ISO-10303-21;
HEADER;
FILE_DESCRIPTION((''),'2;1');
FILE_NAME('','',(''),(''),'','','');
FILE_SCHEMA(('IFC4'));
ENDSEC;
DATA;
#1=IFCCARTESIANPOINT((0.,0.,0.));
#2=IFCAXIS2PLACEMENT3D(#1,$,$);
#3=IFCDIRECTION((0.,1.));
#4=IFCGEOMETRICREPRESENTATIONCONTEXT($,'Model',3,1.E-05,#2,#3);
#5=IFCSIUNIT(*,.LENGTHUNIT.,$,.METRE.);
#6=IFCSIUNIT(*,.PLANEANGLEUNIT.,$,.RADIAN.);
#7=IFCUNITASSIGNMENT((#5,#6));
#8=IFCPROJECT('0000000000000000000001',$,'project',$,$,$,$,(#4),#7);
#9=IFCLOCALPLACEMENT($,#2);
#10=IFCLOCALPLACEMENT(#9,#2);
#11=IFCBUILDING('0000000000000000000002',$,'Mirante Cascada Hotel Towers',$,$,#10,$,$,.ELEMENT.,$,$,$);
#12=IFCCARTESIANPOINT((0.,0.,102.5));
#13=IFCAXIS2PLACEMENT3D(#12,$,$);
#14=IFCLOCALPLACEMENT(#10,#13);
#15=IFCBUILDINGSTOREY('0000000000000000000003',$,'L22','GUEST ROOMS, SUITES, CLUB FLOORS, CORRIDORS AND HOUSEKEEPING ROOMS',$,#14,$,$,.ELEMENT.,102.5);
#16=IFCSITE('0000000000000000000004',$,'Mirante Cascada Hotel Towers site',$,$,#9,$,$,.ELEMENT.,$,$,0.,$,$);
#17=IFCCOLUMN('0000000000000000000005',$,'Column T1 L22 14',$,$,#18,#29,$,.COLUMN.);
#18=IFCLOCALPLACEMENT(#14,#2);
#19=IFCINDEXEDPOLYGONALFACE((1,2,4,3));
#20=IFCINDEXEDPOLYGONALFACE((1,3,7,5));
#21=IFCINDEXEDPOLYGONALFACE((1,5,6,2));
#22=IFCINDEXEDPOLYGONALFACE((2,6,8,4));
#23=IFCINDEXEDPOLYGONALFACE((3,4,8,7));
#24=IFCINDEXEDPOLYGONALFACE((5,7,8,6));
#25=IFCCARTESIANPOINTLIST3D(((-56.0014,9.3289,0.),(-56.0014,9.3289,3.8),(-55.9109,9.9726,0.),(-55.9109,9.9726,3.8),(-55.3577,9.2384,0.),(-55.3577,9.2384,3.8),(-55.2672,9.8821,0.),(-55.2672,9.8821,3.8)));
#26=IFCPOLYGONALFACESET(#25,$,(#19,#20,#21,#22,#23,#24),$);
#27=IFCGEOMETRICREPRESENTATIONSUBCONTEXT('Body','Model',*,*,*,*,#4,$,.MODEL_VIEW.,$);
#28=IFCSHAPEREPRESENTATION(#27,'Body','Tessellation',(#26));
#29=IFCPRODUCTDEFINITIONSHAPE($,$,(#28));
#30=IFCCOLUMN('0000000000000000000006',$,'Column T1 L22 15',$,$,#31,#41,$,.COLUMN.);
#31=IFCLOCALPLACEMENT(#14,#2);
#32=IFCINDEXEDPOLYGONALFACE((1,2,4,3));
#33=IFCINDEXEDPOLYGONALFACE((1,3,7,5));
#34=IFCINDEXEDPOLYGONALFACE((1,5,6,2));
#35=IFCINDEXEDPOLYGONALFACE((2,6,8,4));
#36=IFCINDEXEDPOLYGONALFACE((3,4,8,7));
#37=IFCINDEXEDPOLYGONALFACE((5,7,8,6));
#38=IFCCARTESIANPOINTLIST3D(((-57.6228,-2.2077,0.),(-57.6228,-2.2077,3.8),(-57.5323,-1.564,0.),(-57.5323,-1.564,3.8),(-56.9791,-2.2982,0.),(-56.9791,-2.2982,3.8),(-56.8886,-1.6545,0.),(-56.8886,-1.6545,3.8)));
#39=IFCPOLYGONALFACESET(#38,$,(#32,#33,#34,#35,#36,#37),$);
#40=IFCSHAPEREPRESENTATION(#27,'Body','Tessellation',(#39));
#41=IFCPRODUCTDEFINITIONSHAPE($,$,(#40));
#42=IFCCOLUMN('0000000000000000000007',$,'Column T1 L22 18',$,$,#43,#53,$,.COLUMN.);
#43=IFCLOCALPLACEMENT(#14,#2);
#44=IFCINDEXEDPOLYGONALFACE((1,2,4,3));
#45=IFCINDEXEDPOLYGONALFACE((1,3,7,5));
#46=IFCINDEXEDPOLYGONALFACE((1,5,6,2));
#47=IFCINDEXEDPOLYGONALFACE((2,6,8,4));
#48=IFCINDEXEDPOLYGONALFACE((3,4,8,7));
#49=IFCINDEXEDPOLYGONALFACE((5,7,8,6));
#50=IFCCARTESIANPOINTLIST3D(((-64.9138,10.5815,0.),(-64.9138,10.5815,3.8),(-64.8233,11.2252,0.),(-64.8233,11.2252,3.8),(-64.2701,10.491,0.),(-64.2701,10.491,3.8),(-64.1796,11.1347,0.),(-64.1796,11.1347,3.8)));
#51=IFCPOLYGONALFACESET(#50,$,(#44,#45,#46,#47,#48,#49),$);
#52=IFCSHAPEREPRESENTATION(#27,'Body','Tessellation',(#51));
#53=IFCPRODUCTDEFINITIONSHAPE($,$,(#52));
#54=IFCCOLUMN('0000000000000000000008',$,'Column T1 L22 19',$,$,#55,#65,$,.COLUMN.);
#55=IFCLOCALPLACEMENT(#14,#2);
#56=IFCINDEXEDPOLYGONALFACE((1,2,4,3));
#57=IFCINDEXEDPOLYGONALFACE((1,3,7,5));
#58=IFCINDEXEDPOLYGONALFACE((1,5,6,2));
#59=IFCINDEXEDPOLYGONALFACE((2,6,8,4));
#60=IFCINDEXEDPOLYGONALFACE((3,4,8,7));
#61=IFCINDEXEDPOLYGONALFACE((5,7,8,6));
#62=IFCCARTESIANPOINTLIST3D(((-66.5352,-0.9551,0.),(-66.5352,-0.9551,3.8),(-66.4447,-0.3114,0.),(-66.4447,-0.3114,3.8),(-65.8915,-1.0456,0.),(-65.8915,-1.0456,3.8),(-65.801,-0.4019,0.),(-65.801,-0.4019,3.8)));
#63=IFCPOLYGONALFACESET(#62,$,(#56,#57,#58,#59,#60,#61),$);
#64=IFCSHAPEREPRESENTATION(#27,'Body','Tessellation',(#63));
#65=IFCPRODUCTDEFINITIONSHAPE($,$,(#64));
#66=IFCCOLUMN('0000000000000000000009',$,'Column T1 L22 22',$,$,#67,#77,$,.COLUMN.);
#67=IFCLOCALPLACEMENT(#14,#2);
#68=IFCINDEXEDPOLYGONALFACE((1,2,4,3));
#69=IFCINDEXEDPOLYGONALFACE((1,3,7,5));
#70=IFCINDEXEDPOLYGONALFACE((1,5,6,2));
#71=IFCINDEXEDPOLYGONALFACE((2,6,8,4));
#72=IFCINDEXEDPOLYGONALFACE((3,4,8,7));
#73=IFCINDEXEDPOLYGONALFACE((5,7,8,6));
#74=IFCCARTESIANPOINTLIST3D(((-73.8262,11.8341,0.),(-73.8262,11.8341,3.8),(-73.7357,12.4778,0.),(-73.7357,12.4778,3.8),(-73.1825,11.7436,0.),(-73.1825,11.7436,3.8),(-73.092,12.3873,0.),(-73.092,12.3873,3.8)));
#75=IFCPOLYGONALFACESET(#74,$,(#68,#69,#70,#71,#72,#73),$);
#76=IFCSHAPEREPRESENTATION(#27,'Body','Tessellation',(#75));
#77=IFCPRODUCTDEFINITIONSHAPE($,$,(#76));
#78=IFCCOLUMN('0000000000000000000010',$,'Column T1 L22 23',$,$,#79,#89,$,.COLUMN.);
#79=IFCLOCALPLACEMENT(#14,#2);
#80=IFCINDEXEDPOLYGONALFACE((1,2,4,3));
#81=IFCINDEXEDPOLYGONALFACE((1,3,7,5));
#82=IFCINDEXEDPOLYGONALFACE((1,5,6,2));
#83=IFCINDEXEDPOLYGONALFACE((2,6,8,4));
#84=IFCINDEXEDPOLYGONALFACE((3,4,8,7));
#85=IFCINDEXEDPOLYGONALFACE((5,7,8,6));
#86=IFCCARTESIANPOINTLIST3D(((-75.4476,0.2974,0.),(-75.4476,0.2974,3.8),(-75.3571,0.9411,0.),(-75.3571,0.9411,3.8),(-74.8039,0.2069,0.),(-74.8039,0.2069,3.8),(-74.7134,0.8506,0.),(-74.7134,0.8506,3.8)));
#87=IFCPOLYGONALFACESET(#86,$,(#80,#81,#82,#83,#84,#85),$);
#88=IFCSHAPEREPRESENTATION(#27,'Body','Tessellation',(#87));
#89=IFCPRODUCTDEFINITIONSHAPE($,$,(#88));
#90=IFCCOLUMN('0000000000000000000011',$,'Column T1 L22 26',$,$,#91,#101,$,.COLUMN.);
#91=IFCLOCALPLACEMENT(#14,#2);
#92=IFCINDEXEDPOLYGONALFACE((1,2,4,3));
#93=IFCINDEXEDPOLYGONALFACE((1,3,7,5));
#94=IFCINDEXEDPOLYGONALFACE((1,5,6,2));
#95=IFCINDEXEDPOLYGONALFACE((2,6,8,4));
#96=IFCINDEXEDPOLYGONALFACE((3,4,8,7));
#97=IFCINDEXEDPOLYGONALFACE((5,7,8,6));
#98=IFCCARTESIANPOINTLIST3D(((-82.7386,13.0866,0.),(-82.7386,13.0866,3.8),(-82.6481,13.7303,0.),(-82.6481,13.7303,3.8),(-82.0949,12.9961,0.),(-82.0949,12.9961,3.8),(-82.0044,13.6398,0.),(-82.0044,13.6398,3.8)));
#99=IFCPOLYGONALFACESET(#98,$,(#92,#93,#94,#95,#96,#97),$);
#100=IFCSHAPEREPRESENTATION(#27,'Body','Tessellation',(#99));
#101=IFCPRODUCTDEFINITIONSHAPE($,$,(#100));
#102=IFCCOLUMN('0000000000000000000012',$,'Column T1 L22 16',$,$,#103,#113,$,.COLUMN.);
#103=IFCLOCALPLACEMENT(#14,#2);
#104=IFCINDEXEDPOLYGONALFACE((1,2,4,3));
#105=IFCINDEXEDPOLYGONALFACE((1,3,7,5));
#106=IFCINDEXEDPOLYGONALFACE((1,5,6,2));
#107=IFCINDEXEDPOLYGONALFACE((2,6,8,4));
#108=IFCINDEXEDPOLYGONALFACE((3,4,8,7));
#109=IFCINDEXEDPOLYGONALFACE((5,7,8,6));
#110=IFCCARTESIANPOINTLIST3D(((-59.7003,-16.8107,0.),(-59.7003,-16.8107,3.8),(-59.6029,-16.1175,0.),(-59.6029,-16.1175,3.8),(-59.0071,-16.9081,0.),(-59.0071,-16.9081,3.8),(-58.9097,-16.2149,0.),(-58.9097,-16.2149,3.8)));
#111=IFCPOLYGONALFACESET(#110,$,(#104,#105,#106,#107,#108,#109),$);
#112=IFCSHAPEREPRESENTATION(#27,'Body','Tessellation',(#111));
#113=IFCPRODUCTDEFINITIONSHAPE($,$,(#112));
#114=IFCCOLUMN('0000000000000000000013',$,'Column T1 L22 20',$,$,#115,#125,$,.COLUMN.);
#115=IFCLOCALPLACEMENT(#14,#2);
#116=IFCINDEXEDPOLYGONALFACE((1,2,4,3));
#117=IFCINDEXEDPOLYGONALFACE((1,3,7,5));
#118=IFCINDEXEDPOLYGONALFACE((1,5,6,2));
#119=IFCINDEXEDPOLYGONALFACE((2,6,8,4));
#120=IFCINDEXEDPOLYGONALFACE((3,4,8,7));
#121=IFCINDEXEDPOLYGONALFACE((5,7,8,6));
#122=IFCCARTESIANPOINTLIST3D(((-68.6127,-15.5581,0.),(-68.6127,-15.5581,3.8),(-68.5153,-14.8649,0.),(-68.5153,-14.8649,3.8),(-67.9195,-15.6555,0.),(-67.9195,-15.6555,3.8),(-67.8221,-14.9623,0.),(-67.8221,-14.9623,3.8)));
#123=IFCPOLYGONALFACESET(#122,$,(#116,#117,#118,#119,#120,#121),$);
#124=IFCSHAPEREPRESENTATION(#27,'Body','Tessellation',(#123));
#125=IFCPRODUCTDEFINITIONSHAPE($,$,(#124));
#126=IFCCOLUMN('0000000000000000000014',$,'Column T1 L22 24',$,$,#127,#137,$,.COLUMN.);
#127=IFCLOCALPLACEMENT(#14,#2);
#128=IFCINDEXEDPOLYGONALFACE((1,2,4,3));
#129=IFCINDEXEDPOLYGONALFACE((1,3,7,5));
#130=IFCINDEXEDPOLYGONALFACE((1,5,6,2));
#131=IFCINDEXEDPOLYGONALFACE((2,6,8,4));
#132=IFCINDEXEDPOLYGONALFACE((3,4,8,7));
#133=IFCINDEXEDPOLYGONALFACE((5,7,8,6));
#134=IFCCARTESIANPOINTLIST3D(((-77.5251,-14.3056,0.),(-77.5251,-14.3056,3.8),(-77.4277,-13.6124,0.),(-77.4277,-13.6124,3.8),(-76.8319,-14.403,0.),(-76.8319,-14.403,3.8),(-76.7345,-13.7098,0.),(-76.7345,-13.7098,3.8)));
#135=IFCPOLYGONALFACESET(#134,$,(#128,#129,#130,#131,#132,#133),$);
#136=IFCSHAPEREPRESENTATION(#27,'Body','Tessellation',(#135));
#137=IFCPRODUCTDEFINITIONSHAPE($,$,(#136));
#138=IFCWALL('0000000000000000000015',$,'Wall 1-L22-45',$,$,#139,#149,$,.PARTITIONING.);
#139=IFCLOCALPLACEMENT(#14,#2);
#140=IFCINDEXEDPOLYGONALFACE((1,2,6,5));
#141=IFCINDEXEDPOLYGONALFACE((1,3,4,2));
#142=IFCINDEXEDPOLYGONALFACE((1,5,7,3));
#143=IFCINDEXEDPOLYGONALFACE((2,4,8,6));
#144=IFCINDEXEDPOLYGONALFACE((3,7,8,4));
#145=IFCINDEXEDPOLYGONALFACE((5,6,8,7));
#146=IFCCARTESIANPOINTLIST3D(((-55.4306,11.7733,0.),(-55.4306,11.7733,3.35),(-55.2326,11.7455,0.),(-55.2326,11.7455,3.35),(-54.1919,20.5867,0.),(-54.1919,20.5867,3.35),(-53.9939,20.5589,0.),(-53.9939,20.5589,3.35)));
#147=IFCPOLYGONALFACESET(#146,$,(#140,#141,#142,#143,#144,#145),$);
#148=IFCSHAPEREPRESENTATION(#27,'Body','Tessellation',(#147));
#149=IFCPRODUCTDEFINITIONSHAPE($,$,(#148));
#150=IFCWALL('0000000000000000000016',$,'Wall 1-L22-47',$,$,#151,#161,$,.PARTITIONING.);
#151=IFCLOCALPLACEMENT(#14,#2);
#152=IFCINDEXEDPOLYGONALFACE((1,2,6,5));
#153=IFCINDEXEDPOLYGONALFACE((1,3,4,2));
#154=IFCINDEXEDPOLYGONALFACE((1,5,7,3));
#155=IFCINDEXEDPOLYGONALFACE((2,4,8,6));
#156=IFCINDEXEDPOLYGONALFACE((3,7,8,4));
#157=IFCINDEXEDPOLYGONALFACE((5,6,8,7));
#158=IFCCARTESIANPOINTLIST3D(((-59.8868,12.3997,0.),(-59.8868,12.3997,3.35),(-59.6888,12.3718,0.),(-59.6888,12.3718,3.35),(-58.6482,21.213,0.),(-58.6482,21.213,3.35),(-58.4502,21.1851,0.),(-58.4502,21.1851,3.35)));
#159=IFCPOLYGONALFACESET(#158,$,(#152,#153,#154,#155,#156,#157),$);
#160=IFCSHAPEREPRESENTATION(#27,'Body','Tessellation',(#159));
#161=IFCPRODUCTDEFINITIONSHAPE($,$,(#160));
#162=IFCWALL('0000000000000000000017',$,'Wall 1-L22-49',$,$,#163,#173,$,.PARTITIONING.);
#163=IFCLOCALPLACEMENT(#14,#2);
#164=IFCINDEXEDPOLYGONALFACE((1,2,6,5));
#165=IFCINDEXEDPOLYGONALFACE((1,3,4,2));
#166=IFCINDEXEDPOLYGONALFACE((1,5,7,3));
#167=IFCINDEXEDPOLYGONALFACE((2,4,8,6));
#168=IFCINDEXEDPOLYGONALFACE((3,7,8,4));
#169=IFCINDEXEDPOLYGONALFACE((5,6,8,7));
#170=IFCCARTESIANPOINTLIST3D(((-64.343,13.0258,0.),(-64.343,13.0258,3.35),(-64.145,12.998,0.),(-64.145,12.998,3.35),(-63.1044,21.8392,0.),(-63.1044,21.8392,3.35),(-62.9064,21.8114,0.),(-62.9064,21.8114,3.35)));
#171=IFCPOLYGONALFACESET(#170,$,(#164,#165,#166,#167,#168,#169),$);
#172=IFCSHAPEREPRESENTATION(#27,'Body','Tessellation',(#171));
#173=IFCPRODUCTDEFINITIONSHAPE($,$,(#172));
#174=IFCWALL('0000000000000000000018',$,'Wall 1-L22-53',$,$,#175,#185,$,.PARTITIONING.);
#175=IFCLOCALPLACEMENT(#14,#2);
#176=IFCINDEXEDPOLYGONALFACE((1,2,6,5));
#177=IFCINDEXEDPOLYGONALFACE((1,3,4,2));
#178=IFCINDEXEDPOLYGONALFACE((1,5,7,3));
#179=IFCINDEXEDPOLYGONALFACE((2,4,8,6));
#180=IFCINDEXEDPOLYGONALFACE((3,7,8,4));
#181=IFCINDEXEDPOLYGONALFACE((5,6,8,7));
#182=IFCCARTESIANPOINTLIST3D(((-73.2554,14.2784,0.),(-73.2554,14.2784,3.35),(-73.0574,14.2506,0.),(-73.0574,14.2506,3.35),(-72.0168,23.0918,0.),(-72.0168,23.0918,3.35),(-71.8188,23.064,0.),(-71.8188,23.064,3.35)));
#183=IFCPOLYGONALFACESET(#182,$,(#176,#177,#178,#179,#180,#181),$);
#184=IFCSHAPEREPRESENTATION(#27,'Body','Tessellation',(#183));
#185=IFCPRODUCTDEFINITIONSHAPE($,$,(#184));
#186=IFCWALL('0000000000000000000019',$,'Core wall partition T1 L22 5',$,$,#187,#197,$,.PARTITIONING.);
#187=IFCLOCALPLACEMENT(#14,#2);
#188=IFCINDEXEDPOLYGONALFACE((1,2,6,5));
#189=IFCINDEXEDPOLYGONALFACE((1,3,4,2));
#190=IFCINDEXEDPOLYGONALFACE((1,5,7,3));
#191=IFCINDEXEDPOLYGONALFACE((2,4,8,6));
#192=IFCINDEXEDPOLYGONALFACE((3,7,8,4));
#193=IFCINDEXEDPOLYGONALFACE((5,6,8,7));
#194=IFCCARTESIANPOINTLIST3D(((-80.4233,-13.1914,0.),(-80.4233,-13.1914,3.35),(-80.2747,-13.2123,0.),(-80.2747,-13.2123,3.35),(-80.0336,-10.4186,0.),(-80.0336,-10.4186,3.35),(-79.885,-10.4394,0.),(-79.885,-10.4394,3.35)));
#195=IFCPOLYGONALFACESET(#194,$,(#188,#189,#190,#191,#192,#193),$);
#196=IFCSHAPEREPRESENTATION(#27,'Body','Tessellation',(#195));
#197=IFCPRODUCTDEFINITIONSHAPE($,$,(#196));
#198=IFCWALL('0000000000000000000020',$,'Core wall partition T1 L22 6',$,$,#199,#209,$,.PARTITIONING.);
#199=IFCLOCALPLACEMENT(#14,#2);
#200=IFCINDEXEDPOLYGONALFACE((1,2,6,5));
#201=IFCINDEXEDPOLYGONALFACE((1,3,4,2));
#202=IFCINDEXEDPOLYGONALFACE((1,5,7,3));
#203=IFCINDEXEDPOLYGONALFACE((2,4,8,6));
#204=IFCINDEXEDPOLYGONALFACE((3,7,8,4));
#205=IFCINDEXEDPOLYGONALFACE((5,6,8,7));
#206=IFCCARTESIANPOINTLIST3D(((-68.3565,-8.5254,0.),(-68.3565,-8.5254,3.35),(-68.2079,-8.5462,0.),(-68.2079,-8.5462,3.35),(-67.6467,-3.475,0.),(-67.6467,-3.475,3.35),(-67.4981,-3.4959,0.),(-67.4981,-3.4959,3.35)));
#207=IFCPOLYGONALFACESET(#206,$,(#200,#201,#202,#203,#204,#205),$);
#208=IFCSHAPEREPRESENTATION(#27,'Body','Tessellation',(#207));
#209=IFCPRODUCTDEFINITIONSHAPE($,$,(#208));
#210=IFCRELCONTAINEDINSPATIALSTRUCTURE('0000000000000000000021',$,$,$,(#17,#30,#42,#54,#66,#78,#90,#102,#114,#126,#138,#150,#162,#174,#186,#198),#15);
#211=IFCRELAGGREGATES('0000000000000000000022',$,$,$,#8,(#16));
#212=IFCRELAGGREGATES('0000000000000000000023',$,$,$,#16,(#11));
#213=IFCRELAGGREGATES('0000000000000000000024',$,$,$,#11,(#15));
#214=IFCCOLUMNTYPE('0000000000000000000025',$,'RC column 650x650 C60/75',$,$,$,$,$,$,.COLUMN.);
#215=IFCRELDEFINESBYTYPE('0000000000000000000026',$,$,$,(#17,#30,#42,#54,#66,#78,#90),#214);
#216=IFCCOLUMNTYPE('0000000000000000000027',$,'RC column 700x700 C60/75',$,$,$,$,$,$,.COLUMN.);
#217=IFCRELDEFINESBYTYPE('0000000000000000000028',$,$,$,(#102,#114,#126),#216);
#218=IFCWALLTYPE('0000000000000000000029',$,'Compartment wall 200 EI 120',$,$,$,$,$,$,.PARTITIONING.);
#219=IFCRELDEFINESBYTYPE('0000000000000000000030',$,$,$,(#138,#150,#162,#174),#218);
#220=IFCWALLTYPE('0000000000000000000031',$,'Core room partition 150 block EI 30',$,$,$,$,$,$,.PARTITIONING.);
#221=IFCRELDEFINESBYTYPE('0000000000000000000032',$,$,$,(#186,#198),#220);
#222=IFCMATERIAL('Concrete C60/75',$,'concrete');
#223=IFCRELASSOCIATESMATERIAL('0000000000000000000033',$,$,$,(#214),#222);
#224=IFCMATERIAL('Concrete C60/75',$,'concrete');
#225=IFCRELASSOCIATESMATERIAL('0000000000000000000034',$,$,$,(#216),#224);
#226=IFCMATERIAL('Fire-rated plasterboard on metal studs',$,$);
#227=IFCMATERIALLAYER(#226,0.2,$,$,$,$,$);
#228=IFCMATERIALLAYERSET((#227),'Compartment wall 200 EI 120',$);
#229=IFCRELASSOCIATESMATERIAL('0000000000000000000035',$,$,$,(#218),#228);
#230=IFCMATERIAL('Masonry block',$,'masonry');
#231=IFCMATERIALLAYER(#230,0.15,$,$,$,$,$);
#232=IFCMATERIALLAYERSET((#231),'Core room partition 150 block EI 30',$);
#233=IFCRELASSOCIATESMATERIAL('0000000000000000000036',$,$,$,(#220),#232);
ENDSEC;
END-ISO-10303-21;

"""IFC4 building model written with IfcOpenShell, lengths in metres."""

from ifc_helpers import new_model, si_unit, direction, frame, frame_2d, origin, origin_2d, place, context, subcontext, project, spatial, rectangle, extrude, material, layer, layer_set, material_profile, profile_set, type_object, element, save


model = new_model("IFC4")

# Units and contexts
model_context = context("Model", 3, precision=1e-05, world=origin(), true_north=direction((0.0, 1.0)))
body_context = subcontext(model_context, "Body", "Model", "MODEL_VIEW")
ifc_project = project(units=[si_unit("LENGTHUNIT", "METRE"), si_unit("PLANEANGLEUNIT", "RADIAN")], contexts=[model_context])

# Site, building, storey
site_placement = place(None, origin())
site = spatial("IfcSite", under=ifc_project, at=site_placement, Name="Mirante Cascada Hotel Towers site", CompositionType="ELEMENT", RefElevation=0.0)
building_placement = place(site_placement, origin())
building = spatial("IfcBuilding", under=site, at=building_placement, Name="Mirante Cascada Hotel Towers", CompositionType="ELEMENT")
storey_placement = place(building_placement, frame((0.0, 0.0, 102.5)))
storey = spatial("IfcBuildingStorey", under=building, at=storey_placement, Name="L22", Description="GUEST ROOMS, SUITES, CLUB FLOORS, CORRIDORS AND HOUSEKEEPING ROOMS", CompositionType="ELEMENT", Elevation=102.5)

# Columns
ifc_material_1 = material(Name="Concrete C60/75", Category="concrete")
ifc_material_profile_1 = material_profile(ifc_material_1, rectangle(XDim=0.65, YDim=0.65, at=origin_2d()), Name="RC column 650x650 C60/75")
ifc_profile_set_1 = profile_set([ifc_material_profile_1], Name="Concrete C60/75")
column_type_1 = type_object("IfcColumnType", Name="RC column 650x650 C60/75", PredefinedType="COLUMN", material=ifc_profile_set_1)
for number, where, z_axis, x_axis, name in (
    (1, (-55.6343, 9.6055, 0.0), (0.0, 0.0, 1.0), (-0.990268, 0.139173, 0.0), "Column T1 L22 14"),
    (2, (-57.2557, -1.9311, 0.0), (0.0, 0.0, 1.0), (-0.990268, 0.139173, 0.0), "Column T1 L22 15"),
    (3, (-64.5467, 10.8581, 0.0), (0.0, 0.0, 1.0), (-0.990268, 0.139173, 0.0), "Column T1 L22 18"),
    (4, (-66.1681, -0.6785, 0.0), (0.0, 0.0, 1.0), (-0.990268, 0.139173, 0.0), "Column T1 L22 19"),
    (5, (-73.4591, 12.1107, 0.0), (0.0, 0.0, 1.0), (-0.990268, 0.139173, 0.0), "Column T1 L22 22"),
    (6, (-75.0805, 0.574, 0.0), (0.0, 0.0, 1.0), (-0.990268, 0.139173, 0.0), "Column T1 L22 23"),
    (7, (-82.3715, 13.3632, 0.0), (0.0, 0.0, 1.0), (-0.990268, 0.139173, 0.0), "Column T1 L22 26"),
):
    element("IfcColumn", number, at=place(storey_placement, frame(where, z_axis=z_axis, x_axis=x_axis)), inside=storey, type_object=column_type_1, Name=name, PredefinedType="COLUMN", context=body_context, shape_type="SweptSolid", body=[
        extrude(rectangle(XDim=0.65, YDim=0.65, at=origin_2d()), origin(), (0.0, 0.0, 1.0), 3.8),
    ])
ifc_material_2 = material(Name="Concrete C60/75", Category="concrete")
ifc_material_profile_2 = material_profile(ifc_material_2, rectangle(XDim=0.7, YDim=0.7, at=origin_2d()), Name="RC column 700x700 C60/75")
ifc_profile_set_2 = profile_set([ifc_material_profile_2], Name="Concrete C60/75")
column_type_2 = type_object("IfcColumnType", Name="RC column 700x700 C60/75", PredefinedType="COLUMN", material=ifc_profile_set_2)
for number, where, z_axis, x_axis, name in (
    (8, (-59.305, -16.5128, 0.0), (0.0, 0.0, 1.0), (-0.990268, 0.139173, 0.0), "Column T1 L22 16"),
    (9, (-68.2174, -15.2602, 0.0), (0.0, 0.0, 1.0), (-0.990268, 0.139173, 0.0), "Column T1 L22 20"),
    (10, (-77.1298, -14.0077, 0.0), (0.0, 0.0, 1.0), (-0.990268, 0.139173, 0.0), "Column T1 L22 24"),
):
    element("IfcColumn", number, at=place(storey_placement, frame(where, z_axis=z_axis, x_axis=x_axis)), inside=storey, type_object=column_type_2, Name=name, PredefinedType="COLUMN", context=body_context, shape_type="SweptSolid", body=[
        extrude(rectangle(XDim=0.7, YDim=0.7, at=origin_2d()), origin(), (0.0, 0.0, 1.0), 3.8),
    ])

# Walls
ifc_material_3 = material(Name="Fire-rated plasterboard on metal studs")
ifc_layer_1 = layer(ifc_material_3, 0.2)
ifc_layer_set_1 = layer_set([ifc_layer_1], Name="Compartment wall 200 EI 120")
wall_type_1 = type_object("IfcWallType", Name="Compartment wall 200 EI 120", PredefinedType="PARTITIONING", material=ifc_layer_set_1)
wall_1_placement = place(storey_placement, frame((-55.3316, 11.7594, 0.0), z_axis=(0.0, 0.0, 1.0), x_axis=(0.139179, 0.990267, 0.0)))
element("IfcWall", 11, at=wall_1_placement, inside=storey, type_object=wall_type_1, Name="Wall 1-L22-45", PredefinedType="PARTITIONING", context=body_context, shape_type="SweptSolid", body=[
    extrude(rectangle(XDim=8.9, YDim=0.2, at=frame_2d((4.45, 0.0))), origin(), (0.0, 0.0, 1.0), 3.35),
])
wall_2_placement = place(storey_placement, frame((-59.7878, 12.3857, 0.0), z_axis=(0.0, 0.0, 1.0), x_axis=(0.13917, 0.990268, 0.0)))
element("IfcWall", 12, at=wall_2_placement, inside=storey, type_object=wall_type_1, Name="Wall 1-L22-47", PredefinedType="PARTITIONING", context=body_context, shape_type="SweptSolid", body=[
    extrude(rectangle(XDim=8.8999, YDim=0.2, at=frame_2d((4.45, 0.0))), origin(), (0.0, 0.0, 1.0), 3.35),
])
for number, where, z_axis, x_axis, name in (
    (13, (-64.244, 13.0119, 0.0), (0.0, 0.0, 1.0), (0.139168, 0.990269, 0.0), "Wall 1-L22-49"),
    (14, (-73.1564, 14.2645, 0.0), (0.0, 0.0, 1.0), (0.139168, 0.990269, 0.0), "Wall 1-L22-53"),
):
    element("IfcWall", number, at=place(storey_placement, frame(where, z_axis=z_axis, x_axis=x_axis)), inside=storey, type_object=wall_type_1, Name=name, PredefinedType="PARTITIONING", context=body_context, shape_type="SweptSolid", body=[
        extrude(rectangle(XDim=8.9, YDim=0.2, at=frame_2d((4.45, 0.0))), origin(), (0.0, 0.0, 1.0), 3.35),
    ])
ifc_material_4 = material(Name="Masonry block", Category="masonry")
ifc_layer_2 = layer(ifc_material_4, 0.15)
ifc_layer_set_2 = layer_set([ifc_layer_2], Name="Core room partition 150 block EI 30")
wall_type_2 = type_object("IfcWallType", Name="Core room partition 150 block EI 30", PredefinedType="PARTITIONING", material=ifc_layer_set_2)
wall_3_placement = place(storey_placement, frame((-80.349, -13.2018, 0.0), z_axis=(0.0, 0.0, 1.0), x_axis=(0.139176, 0.990268, 0.0)))
element("IfcWall", 15, at=wall_3_placement, inside=storey, type_object=wall_type_2, Name="Core wall partition T1 L22 5", PredefinedType="PARTITIONING", context=body_context, shape_type="SweptSolid", body=[
    extrude(rectangle(XDim=2.8001, YDim=0.15, at=frame_2d((1.4, 0.0))), origin(), (0.0, 0.0, 1.0), 3.35),
])
wall_4_placement = place(storey_placement, frame((-68.2822, -8.5358, 0.0), z_axis=(0.0, 0.0, 1.0), x_axis=(0.139176, 0.990268, 0.0)))
element("IfcWall", 16, at=wall_4_placement, inside=storey, type_object=wall_type_2, Name="Core wall partition T1 L22 6", PredefinedType="PARTITIONING", context=body_context, shape_type="SweptSolid", body=[
    extrude(rectangle(XDim=5.1, YDim=0.15, at=frame_2d((2.55, 0.0))), origin(), (0.0, 0.0, 1.0), 3.35),
])

save(model, "model.ifc")
